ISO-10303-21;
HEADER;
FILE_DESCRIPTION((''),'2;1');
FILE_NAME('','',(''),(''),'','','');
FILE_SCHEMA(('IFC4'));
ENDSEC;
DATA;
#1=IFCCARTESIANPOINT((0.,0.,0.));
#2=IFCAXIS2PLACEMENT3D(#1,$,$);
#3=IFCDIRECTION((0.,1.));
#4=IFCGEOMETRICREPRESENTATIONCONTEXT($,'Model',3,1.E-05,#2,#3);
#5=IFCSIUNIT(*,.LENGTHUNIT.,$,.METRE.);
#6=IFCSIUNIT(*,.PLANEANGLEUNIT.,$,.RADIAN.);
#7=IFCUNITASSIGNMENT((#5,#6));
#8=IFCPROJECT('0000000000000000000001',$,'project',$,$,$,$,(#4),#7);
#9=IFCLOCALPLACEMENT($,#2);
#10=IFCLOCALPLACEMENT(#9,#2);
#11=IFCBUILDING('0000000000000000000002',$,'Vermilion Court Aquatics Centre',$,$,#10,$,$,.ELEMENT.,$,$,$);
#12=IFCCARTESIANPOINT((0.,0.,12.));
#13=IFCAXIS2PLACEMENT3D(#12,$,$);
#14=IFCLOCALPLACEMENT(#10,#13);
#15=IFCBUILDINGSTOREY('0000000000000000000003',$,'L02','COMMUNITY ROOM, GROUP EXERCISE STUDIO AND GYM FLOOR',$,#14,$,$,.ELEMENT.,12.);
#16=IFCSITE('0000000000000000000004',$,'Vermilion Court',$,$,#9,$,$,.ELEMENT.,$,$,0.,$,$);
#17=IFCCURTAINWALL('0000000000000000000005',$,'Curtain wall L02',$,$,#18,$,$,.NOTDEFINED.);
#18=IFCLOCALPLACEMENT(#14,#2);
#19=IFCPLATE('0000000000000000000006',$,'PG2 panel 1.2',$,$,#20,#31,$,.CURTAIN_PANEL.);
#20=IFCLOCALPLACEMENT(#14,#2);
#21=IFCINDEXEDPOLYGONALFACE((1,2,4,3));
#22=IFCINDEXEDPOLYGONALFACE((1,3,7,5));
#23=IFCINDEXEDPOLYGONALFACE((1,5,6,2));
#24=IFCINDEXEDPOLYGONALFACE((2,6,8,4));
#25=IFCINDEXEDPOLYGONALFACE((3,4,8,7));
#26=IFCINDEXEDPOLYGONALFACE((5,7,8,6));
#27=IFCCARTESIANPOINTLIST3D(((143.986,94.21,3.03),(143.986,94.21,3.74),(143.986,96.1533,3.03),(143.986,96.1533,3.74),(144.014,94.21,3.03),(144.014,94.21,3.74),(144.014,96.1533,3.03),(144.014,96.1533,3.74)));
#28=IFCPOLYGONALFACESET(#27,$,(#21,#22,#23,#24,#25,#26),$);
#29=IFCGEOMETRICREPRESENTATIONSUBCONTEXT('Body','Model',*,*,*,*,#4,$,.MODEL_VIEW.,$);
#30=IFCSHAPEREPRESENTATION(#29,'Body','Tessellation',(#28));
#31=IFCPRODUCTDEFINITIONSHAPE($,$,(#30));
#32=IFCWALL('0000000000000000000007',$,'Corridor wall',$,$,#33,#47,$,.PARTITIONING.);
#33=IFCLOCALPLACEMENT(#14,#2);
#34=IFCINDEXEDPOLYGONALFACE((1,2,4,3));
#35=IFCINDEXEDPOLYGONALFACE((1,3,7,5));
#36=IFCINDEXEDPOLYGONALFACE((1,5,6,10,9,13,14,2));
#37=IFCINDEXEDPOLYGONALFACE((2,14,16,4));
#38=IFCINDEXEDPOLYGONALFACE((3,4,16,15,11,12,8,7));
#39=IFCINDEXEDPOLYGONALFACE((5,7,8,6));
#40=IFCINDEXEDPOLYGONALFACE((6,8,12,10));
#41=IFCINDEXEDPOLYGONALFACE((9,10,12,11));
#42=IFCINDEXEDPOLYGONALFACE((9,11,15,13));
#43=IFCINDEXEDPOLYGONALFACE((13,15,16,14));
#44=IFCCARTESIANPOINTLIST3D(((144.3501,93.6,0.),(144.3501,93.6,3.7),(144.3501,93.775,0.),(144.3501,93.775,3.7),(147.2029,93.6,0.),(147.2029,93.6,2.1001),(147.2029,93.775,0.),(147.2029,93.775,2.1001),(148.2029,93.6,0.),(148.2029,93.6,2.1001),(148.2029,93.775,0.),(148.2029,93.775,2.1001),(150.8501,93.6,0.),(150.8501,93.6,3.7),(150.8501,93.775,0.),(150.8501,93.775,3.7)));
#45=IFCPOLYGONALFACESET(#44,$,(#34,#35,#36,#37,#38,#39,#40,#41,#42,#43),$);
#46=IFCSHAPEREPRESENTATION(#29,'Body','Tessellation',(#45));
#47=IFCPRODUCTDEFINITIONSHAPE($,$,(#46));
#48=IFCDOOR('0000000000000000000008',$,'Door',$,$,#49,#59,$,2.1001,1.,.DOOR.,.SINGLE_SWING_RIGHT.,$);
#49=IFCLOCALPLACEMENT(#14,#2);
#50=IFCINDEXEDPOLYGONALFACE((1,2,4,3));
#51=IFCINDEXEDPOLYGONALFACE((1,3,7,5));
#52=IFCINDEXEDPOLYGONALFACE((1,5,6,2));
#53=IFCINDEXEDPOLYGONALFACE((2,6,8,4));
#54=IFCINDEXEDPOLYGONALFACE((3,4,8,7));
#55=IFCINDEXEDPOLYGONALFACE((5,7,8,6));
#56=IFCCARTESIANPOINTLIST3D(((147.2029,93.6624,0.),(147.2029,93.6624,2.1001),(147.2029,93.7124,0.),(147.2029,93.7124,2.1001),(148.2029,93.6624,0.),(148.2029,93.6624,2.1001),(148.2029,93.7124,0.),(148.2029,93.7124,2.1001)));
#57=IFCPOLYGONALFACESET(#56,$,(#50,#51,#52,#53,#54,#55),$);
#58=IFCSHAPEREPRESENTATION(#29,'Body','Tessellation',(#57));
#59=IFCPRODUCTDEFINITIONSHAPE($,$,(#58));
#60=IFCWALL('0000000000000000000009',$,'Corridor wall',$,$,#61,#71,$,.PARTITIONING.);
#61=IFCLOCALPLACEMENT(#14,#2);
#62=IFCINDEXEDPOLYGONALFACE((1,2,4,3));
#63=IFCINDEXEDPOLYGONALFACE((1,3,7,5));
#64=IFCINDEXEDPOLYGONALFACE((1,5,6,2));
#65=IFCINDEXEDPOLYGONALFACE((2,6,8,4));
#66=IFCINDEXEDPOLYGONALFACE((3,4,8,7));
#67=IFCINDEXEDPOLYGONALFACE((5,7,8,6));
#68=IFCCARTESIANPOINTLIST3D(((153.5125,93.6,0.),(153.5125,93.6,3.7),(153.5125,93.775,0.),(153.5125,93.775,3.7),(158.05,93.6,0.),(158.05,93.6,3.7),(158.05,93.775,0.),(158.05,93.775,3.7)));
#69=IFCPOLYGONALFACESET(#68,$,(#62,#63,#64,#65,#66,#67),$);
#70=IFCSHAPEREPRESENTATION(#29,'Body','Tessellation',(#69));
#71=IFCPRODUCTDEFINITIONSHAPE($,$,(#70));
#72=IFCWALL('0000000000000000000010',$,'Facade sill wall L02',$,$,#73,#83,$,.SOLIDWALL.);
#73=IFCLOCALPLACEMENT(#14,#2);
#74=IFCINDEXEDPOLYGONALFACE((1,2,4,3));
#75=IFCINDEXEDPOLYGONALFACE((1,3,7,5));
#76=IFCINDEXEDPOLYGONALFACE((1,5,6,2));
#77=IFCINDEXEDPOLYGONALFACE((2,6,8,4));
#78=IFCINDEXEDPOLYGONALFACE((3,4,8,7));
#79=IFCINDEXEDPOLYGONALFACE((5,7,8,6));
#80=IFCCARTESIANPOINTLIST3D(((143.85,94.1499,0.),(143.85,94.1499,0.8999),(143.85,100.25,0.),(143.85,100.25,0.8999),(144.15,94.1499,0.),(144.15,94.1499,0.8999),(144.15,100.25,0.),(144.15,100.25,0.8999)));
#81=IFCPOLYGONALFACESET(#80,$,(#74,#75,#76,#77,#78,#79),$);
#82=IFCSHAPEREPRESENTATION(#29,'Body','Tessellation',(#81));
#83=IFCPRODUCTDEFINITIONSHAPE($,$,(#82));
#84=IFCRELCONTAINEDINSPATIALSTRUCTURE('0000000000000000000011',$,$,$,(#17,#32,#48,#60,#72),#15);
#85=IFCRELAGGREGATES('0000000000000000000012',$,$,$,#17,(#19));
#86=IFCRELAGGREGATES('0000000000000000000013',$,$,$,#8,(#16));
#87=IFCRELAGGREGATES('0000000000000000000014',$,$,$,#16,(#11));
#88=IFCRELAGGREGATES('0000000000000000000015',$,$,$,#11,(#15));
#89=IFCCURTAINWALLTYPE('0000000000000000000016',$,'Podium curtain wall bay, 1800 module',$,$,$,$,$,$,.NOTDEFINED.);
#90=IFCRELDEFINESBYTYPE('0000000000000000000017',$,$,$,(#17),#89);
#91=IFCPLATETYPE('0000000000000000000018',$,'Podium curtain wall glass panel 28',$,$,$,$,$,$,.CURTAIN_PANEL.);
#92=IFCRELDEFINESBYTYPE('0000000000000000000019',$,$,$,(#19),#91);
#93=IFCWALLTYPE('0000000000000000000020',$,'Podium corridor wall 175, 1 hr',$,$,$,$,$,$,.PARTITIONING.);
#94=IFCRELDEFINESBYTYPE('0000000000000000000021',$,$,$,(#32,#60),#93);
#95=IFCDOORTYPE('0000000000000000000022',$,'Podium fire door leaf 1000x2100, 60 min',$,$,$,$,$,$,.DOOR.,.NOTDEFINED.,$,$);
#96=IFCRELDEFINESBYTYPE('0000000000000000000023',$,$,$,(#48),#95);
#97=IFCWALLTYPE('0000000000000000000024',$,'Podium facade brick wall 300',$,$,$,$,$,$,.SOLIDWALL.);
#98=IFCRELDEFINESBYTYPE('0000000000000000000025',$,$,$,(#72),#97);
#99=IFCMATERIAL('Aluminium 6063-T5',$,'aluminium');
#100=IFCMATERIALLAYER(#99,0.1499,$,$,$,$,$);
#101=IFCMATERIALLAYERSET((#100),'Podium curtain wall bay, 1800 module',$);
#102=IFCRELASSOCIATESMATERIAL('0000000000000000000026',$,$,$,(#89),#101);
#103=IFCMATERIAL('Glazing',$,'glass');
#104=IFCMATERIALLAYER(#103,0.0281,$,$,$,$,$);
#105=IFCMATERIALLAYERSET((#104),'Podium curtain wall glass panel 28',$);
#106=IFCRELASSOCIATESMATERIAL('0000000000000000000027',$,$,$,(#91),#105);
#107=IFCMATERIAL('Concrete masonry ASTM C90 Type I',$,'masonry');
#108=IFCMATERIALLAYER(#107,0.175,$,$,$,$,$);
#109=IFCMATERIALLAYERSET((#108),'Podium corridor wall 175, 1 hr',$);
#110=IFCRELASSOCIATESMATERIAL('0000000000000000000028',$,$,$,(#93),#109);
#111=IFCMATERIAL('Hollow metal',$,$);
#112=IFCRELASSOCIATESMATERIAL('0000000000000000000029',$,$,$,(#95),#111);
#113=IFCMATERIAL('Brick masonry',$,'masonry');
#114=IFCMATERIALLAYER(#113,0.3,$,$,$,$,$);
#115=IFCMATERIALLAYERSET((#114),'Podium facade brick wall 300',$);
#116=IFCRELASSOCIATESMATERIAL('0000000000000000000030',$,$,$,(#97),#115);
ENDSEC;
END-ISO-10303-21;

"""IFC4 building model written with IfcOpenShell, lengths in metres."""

from ifc_helpers import new_model, si_unit, direction, frame, frame_2d, origin, origin_2d, place, context, subcontext, project, spatial, rectangle, extrude, material, layer, layer_set, type_object, element, fill, aggregate, save


model = new_model("IFC4")

# Units and contexts
model_context = context("Model", 3, precision=1e-05, world=origin(), true_north=direction((0.0, 1.0)))
body_context = subcontext(model_context, "Body", "Model", "MODEL_VIEW")
ifc_project = project(units=[si_unit("LENGTHUNIT", "METRE"), si_unit("PLANEANGLEUNIT", "RADIAN")], contexts=[model_context])

# Site, building, storey
site_placement = place(None, origin())
site = spatial("IfcSite", under=ifc_project, at=site_placement, Name="Vermilion Court", CompositionType="ELEMENT", RefElevation=0.0)
building_placement = place(site_placement, origin())
building = spatial("IfcBuilding", under=site, at=building_placement, Name="Vermilion Court Aquatics Centre", CompositionType="ELEMENT")
storey_placement = place(building_placement, frame((0.0, 0.0, 12.0)))
storey = spatial("IfcBuildingStorey", under=building, at=storey_placement, Name="L02", Description="COMMUNITY ROOM, GROUP EXERCISE STUDIO AND GYM FLOOR", CompositionType="ELEMENT", Elevation=12.0)

# Curtain wall, plate
ifc_material_1 = material(Name="Aluminium 6063-T5", Category="aluminium")
ifc_layer_1 = layer(ifc_material_1, 0.1499)
ifc_layer_set_1 = layer_set([ifc_layer_1], Name="Podium curtain wall bay, 1800 module")
curtain_wall_type = type_object("IfcCurtainWallType", Name="Podium curtain wall bay, 1800 module", PredefinedType="NOTDEFINED", material=ifc_layer_set_1)
curtain_wall_placement = place(storey_placement, origin())
curtain_wall = element("IfcCurtainWall", 1, at=curtain_wall_placement, inside=storey, type_object=curtain_wall_type, Name="Curtain wall L02", PredefinedType="NOTDEFINED")
ifc_material_2 = material(Name="Glazing", Category="glass")
ifc_layer_2 = layer(ifc_material_2, 0.0281)
ifc_layer_set_2 = layer_set([ifc_layer_2], Name="Podium curtain wall glass panel 28")
plate_type = type_object("IfcPlateType", Name="Podium curtain wall glass panel 28", PredefinedType="CURTAIN_PANEL", material=ifc_layer_set_2)
plate_1_placement = place(storey_placement, frame((144.0, 95.1816, 3.03), z_axis=(0.0, 0.0, 1.0), x_axis=(0.0, 1.0, 0.0)))
plate_1 = element("IfcPlate", 2, at=plate_1_placement, type_object=plate_type, Name="PG2 panel 1.2", PredefinedType="CURTAIN_PANEL", context=body_context, shape_type="SweptSolid", body=[
    extrude(rectangle(XDim=1.9434, YDim=0.0281, at=origin_2d()), origin(), (0.0, 0.0, 1.0), 0.71),
])
aggregate(curtain_wall, [plate_1])

# Wall, opening, door
ifc_material_3 = material(Name="Concrete masonry ASTM C90 Type I", Category="masonry")
ifc_layer_3 = layer(ifc_material_3, 0.175)
ifc_layer_set_3 = layer_set([ifc_layer_3], Name="Podium corridor wall 175, 1 hr")
wall_type_1 = type_object("IfcWallType", Name="Podium corridor wall 175, 1 hr", PredefinedType="PARTITIONING", material=ifc_layer_set_3)
wall_1_placement = place(storey_placement, frame((144.3501, 93.6875, 0.0), z_axis=(0.0, 0.0, 1.0), x_axis=(1.0, 0.0, 0.0)))
wall_1 = element("IfcWall", 3, at=wall_1_placement, inside=storey, type_object=wall_type_1, Name="Corridor wall", PredefinedType="PARTITIONING", context=body_context, shape_type="SweptSolid", body=[
    extrude(rectangle(XDim=6.5, YDim=0.175, at=frame_2d((3.25, 0.0))), origin(), (0.0, 0.0, 1.0), 3.7),
])
opening_placement = place(wall_1_placement, frame((2.8528, 0.0, 0.0)))
opening = element("IfcOpeningElement", 4, at=opening_placement, cuts=wall_1, PredefinedType="OPENING", context=body_context, shape_type="SweptSolid", body=[
    extrude(rectangle(XDim=1.0, YDim=2.1001, at=frame_2d((0.5, 1.05))), frame((0.0, 0.0974, 0.0), z_axis=(0.0, -1.0, 0.0), x_axis=(1.0, 0.0, 0.0)), (0.0, 0.0, 1.0), 0.1951),
])
ifc_material_4 = material(Name="Hollow metal")
door_type = type_object("IfcDoorType", Name="Podium fire door leaf 1000x2100, 60 min", OperationType="NOTDEFINED", PredefinedType="DOOR", material=ifc_material_4)
door_placement = place(opening_placement, frame((1.0, 0.0, 0.0), z_axis=(0.0, 0.0, 1.0), x_axis=(-1.0, 0.0, 0.0)))
door = element("IfcDoor", 5, at=door_placement, inside=storey, type_object=door_type, Name="Door", OperationType="SINGLE_SWING_RIGHT", OverallHeight=2.1001, OverallWidth=1.0, PredefinedType="DOOR", context=body_context, shape_type="SweptSolid", body=[
    extrude(rectangle(XDim=1.0, YDim=2.1001, at=frame_2d((0.5, 1.05))), frame((0.0, 0.0251, 0.0), z_axis=(0.0, -1.0, 0.0), x_axis=(1.0, 0.0, 0.0)), (0.0, 0.0, 1.0), 0.05),
])
fill(opening, door)

# Walls
wall_2_placement = place(storey_placement, frame((153.5125, 93.6875, 0.0), z_axis=(0.0, 0.0, 1.0), x_axis=(1.0, 0.0, 0.0)))
element("IfcWall", 6, at=wall_2_placement, inside=storey, type_object=wall_type_1, Name="Corridor wall", PredefinedType="PARTITIONING", context=body_context, shape_type="SweptSolid", body=[
    extrude(rectangle(XDim=4.5376, YDim=0.175, at=frame_2d((2.2688, 0.0))), origin(), (0.0, 0.0, 1.0), 3.7),
])
ifc_material_5 = material(Name="Brick masonry", Category="masonry")
ifc_layer_4 = layer(ifc_material_5, 0.3)
ifc_layer_set_4 = layer_set([ifc_layer_4], Name="Podium facade brick wall 300")
wall_type_2 = type_object("IfcWallType", Name="Podium facade brick wall 300", PredefinedType="SOLIDWALL", material=ifc_layer_set_4)
wall_3_placement = place(storey_placement, frame((144.0, 94.1499, 0.0), z_axis=(0.0, 0.0, 1.0), x_axis=(0.0, 1.0, 0.0)))
element("IfcWall", 7, at=wall_3_placement, inside=storey, type_object=wall_type_2, Name="Facade sill wall L02", PredefinedType="SOLIDWALL", context=body_context, shape_type="SweptSolid", body=[
    extrude(rectangle(XDim=6.1001, YDim=0.3, at=frame_2d((3.05, 0.0))), origin(), (0.0, 0.0, 1.0), 0.8999),
])

save(model, "model.ifc")
